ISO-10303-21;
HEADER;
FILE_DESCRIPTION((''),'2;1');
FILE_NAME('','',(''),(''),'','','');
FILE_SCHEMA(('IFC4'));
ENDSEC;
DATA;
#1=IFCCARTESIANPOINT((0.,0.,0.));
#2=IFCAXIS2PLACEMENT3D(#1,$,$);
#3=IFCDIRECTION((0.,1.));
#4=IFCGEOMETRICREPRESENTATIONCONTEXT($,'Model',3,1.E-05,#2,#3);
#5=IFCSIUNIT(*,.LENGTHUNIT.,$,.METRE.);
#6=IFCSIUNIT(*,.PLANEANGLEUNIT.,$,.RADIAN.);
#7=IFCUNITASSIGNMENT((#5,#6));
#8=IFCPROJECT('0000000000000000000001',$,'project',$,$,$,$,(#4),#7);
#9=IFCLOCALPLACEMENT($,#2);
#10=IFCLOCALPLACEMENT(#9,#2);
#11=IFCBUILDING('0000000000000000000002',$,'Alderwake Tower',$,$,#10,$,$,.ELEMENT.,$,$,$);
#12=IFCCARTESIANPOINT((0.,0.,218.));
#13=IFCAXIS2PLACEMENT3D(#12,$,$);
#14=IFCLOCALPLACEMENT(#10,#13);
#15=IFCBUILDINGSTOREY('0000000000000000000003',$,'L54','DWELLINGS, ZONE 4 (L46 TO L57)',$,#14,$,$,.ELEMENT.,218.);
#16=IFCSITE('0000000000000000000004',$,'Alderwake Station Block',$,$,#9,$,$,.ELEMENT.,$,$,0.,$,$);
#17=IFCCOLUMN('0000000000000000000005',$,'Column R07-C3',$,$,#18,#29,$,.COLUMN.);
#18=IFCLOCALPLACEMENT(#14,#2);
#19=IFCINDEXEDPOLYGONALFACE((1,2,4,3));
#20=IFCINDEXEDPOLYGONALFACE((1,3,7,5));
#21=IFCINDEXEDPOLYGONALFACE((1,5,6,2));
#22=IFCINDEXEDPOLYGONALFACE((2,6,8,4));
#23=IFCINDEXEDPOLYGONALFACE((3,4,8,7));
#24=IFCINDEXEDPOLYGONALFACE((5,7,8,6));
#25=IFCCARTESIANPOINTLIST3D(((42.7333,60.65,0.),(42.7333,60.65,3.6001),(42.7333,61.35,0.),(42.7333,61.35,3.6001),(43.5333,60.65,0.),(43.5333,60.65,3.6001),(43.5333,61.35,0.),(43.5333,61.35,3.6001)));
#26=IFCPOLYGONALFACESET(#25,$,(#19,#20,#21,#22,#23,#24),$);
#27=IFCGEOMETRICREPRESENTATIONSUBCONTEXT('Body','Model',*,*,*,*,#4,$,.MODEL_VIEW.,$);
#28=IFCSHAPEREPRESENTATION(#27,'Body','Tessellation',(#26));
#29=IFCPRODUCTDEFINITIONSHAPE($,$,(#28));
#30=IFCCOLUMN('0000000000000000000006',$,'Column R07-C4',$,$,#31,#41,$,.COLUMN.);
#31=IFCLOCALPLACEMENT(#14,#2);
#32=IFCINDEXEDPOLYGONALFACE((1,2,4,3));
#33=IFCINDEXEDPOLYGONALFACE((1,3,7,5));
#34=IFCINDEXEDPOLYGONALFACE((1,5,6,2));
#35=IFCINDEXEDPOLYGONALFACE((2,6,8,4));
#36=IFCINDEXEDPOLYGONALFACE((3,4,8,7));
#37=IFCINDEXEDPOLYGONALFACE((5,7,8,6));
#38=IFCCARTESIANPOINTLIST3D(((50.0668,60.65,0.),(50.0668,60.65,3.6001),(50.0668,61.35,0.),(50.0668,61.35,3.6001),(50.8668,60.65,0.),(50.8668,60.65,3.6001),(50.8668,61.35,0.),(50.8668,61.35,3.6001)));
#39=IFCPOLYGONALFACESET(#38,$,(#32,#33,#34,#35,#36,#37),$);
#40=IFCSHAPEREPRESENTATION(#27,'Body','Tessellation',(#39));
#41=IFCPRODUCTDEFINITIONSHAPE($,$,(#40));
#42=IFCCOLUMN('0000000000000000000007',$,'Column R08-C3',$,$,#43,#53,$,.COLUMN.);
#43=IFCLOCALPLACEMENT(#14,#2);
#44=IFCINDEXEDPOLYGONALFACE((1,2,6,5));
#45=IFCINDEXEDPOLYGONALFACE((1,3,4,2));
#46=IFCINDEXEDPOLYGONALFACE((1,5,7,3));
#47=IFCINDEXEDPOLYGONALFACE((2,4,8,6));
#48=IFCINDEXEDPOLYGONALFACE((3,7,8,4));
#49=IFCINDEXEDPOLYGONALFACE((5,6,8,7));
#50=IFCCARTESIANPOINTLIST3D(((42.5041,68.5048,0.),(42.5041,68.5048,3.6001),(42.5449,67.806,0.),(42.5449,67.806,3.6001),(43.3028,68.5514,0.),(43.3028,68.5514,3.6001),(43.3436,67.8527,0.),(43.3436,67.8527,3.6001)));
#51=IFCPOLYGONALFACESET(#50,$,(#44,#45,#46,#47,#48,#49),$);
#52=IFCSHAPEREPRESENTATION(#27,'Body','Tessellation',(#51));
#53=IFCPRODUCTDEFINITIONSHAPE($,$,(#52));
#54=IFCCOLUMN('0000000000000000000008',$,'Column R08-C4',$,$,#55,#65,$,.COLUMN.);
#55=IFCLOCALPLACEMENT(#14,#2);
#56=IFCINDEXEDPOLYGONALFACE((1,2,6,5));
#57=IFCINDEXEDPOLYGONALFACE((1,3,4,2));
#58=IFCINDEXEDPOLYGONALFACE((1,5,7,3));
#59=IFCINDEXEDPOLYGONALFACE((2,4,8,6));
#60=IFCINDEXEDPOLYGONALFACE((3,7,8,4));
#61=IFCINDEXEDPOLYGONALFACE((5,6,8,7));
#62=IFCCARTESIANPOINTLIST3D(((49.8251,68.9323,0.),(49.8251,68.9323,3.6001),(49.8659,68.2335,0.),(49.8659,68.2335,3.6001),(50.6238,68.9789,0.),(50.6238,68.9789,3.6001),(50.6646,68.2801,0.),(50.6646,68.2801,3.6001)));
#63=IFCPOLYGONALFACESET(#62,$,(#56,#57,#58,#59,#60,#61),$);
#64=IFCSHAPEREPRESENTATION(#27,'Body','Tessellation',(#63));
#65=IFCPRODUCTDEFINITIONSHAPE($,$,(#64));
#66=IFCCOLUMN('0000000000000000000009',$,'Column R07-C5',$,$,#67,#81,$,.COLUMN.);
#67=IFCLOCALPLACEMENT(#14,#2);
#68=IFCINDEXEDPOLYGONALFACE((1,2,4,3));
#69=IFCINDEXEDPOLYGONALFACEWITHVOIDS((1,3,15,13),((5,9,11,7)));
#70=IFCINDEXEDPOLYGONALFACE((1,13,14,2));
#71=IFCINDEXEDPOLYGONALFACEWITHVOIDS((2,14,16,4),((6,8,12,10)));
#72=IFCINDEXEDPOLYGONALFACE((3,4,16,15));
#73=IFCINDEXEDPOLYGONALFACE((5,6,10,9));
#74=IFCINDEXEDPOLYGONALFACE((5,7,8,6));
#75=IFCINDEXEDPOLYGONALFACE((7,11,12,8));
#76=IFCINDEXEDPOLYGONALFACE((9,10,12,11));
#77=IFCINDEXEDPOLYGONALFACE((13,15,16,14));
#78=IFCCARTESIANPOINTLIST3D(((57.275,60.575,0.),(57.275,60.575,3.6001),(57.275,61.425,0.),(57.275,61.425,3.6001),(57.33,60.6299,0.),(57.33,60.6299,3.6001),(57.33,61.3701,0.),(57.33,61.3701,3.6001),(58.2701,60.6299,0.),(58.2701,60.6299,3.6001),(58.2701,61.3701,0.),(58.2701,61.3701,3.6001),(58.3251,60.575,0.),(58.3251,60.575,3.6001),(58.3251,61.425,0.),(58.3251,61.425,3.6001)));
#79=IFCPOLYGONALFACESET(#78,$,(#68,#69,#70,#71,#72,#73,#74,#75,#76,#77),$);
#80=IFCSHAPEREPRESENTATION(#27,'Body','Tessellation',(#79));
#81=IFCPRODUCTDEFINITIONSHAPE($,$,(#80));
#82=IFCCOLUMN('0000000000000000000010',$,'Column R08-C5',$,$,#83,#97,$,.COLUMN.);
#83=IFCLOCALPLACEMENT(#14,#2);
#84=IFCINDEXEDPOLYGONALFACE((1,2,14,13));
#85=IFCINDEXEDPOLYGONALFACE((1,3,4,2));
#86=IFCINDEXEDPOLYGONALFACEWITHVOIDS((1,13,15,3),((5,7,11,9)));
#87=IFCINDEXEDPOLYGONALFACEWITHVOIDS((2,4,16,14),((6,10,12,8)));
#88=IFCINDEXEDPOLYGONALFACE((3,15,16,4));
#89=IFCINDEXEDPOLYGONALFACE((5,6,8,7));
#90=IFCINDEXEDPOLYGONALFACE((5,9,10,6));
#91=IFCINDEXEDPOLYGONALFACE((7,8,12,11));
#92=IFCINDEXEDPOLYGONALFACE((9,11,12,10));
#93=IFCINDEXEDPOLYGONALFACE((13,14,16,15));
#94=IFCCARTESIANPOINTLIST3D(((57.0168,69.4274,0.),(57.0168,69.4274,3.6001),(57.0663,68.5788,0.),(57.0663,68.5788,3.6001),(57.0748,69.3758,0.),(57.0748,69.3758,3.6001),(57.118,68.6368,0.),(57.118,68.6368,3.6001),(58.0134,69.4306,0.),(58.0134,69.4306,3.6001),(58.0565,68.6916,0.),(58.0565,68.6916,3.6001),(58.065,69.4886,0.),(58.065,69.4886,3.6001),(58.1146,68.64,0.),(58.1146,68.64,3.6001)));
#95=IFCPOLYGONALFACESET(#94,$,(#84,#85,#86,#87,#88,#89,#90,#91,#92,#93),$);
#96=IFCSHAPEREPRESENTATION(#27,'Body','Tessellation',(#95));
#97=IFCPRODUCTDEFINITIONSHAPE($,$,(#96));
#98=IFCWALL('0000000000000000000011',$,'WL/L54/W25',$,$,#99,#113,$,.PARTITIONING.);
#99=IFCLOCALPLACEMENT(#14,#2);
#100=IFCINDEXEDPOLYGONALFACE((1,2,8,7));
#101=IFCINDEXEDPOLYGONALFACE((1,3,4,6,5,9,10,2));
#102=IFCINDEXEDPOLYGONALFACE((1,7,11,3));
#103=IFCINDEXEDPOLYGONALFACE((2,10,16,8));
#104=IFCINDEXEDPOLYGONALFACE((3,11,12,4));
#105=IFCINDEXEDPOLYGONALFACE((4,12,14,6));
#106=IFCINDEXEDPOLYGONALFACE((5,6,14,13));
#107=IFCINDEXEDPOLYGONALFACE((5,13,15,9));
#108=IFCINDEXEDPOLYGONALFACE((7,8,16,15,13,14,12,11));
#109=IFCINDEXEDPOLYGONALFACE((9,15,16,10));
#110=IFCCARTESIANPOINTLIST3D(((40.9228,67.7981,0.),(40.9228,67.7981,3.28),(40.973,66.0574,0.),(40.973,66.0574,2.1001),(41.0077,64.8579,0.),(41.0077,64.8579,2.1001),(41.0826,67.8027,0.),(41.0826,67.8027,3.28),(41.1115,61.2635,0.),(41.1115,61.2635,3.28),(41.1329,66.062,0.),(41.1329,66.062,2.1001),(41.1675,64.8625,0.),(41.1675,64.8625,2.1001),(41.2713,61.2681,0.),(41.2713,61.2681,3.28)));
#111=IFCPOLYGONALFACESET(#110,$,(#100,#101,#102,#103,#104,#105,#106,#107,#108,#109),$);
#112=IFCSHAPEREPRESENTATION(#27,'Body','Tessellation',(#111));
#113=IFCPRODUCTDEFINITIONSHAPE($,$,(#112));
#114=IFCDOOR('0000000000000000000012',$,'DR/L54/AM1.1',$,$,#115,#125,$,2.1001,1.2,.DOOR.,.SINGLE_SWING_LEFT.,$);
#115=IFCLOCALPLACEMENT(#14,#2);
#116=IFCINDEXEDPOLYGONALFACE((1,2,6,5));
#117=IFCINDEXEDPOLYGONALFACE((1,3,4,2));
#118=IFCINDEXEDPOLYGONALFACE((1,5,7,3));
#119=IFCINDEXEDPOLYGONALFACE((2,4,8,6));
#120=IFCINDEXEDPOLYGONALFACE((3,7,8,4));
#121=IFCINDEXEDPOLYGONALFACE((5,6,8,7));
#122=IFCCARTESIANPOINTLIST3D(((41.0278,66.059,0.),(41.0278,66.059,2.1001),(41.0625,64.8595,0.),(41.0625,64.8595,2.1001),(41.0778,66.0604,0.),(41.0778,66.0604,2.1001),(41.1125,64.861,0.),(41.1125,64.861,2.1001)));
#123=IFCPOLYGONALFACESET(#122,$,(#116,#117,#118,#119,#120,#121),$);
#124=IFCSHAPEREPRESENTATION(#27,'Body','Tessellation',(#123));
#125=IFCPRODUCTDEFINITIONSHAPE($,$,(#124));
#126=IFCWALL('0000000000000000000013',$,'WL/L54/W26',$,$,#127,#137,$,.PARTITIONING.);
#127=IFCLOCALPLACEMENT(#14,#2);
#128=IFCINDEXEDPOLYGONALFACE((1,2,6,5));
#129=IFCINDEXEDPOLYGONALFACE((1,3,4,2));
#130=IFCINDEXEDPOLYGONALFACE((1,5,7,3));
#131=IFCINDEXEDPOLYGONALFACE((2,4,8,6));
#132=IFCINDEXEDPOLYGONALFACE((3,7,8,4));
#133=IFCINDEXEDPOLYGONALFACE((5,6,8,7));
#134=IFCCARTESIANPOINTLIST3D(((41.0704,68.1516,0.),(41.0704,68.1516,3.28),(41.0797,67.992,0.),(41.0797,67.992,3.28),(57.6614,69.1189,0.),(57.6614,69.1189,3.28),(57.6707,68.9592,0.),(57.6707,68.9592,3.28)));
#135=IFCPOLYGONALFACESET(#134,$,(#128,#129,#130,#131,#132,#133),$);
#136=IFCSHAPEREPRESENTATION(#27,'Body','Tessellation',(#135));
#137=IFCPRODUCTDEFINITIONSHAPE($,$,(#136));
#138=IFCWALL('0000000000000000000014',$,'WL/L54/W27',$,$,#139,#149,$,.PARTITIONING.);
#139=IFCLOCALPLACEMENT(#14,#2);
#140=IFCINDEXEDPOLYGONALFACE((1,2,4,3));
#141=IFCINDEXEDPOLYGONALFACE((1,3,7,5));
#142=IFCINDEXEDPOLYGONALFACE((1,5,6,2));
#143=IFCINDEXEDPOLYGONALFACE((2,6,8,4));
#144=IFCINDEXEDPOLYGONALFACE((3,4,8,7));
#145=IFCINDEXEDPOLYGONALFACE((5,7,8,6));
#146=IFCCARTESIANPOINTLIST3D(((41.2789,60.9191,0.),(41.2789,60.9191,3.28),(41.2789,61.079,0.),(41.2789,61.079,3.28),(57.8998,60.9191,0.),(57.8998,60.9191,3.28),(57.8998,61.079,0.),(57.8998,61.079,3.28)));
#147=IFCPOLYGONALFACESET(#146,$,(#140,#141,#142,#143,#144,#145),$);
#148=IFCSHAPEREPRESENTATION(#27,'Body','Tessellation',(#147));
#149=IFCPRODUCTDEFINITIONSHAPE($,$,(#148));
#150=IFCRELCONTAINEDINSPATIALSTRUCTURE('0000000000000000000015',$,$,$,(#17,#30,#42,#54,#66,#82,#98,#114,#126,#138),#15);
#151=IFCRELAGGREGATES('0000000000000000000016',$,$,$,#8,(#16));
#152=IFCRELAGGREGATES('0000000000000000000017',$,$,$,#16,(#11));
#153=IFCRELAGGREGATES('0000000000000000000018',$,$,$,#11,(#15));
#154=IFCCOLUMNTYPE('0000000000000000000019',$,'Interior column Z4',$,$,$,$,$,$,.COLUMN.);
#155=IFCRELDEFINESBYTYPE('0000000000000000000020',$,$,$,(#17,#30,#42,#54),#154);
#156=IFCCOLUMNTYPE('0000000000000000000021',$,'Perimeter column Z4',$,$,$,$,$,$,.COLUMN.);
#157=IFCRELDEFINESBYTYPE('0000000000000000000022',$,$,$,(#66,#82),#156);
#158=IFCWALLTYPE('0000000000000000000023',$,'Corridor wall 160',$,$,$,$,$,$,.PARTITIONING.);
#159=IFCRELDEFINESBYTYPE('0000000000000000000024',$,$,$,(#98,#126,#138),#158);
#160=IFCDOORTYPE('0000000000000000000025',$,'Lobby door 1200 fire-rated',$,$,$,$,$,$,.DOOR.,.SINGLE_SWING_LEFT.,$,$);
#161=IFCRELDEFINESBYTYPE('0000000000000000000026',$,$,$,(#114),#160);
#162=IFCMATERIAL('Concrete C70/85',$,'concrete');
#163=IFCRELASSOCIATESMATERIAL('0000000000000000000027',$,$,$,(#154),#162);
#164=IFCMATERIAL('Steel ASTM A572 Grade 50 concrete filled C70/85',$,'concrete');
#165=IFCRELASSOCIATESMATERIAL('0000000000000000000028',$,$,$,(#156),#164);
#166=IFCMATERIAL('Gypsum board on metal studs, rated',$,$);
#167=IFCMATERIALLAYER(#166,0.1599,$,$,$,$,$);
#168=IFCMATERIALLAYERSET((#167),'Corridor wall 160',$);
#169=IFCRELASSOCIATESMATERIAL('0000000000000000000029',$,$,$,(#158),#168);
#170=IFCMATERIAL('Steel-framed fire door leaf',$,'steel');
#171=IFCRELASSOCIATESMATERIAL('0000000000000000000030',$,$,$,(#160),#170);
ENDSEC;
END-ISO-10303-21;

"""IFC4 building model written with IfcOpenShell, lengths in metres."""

from ifc_helpers import new_model, si_unit, direction, frame, frame_2d, origin, origin_2d, place, context, subcontext, project, spatial, rectangle, hollow_rectangle, extrude, material, layer, layer_set, material_profile, profile_set, type_object, element, fill, save


model = new_model("IFC4")

# Units and contexts
model_context = context("Model", 3, precision=1e-05, world=origin(), true_north=direction((0.0, 1.0)))
body_context = subcontext(model_context, "Body", "Model", "MODEL_VIEW")
ifc_project = project(units=[si_unit("LENGTHUNIT", "METRE"), si_unit("PLANEANGLEUNIT", "RADIAN")], contexts=[model_context])

# Site, building, storey
site_placement = place(None, origin())
site = spatial("IfcSite", under=ifc_project, at=site_placement, Name="Alderwake Station Block", CompositionType="ELEMENT", RefElevation=0.0)
building_placement = place(site_placement, origin())
building = spatial("IfcBuilding", under=site, at=building_placement, Name="Alderwake Tower", CompositionType="ELEMENT")
storey_placement = place(building_placement, frame((0.0, 0.0, 218.0)))
storey = spatial("IfcBuildingStorey", under=building, at=storey_placement, Name="L54", Description="DWELLINGS, ZONE 4 (L46 TO L57)", CompositionType="ELEMENT", Elevation=218.0)

# Columns
ifc_material_1 = material(Name="Concrete C70/85", Category="concrete")
ifc_material_profile_1 = material_profile(ifc_material_1, rectangle(XDim=0.7, YDim=0.8, at=origin_2d()), Name="RC 800X700")
ifc_profile_set_1 = profile_set([ifc_material_profile_1], Name="Concrete C70/85")
column_type_1 = type_object("IfcColumnType", Name="Interior column Z4", PredefinedType="COLUMN", material=ifc_profile_set_1)
for number, where, z_axis, x_axis, name in (
    (1, (43.1333, 61.0, 0.0), (0.0, 0.0, 1.0), (0.0, 1.0, 0.0), "Column R07-C3"),
    (2, (50.4668, 61.0, 0.0), (0.0, 0.0, 1.0), (0.0, 1.0, 0.0), "Column R07-C4"),
    (3, (42.9238, 68.1787, 0.0), (0.0, 0.0, 1.0), (-0.058301, 0.998299, 0.0), "Column R08-C3"),
    (4, (50.2449, 68.6062, 0.0), (0.0, 0.0, 1.0), (-0.058299, 0.998299, 0.0), "Column R08-C4"),
):
    element("IfcColumn", number, at=place(storey_placement, frame(where, z_axis=z_axis, x_axis=x_axis)), inside=storey, type_object=column_type_1, Name=name, PredefinedType="COLUMN", context=body_context, shape_type="SweptSolid", body=[
        extrude(rectangle(XDim=0.7, YDim=0.8, at=origin_2d()), origin(), (0.0, 0.0, 1.0), 3.6001),
    ])
ifc_material_2 = material(Name="Steel ASTM A572 Grade 50 concrete filled C70/85", Category="concrete")
ifc_material_profile_2 = material_profile(ifc_material_2, hollow_rectangle(XDim=0.8501, YDim=1.05, WallThickness=0.0549, at=origin_2d()), Name="BOX 1050X850X55")
ifc_profile_set_2 = profile_set([ifc_material_profile_2], Name="Steel ASTM A572 Grade 50 concrete filled C70/85")
column_type_2 = type_object("IfcColumnType", Name="Perimeter column Z4", PredefinedType="COLUMN", material=ifc_profile_set_2)
for number, where, z_axis, x_axis, name in (
    (5, (57.8, 61.0, 0.0), (0.0, 0.0, 1.0), (0.0, 1.0, 0.0), "Column R07-C5"),
    (6, (57.5657, 69.0337, 0.0), (0.0, 0.0, 1.0), (-0.058301, 0.998299, 0.0), "Column R08-C5"),
):
    element("IfcColumn", number, at=place(storey_placement, frame(where, z_axis=z_axis, x_axis=x_axis)), inside=storey, type_object=column_type_2, Name=name, PredefinedType="COLUMN", context=body_context, shape_type="SweptSolid", body=[
        extrude(hollow_rectangle(XDim=0.8501, YDim=1.05, WallThickness=0.0549, at=origin_2d()), origin(), (0.0, 0.0, 1.0), 3.6001),
    ])

# Wall, opening, door
ifc_material_3 = material(Name="Gypsum board on metal studs, rated")
ifc_layer_1 = layer(ifc_material_3, 0.1599)
ifc_layer_set_1 = layer_set([ifc_layer_1], Name="Corridor wall 160")
wall_type_1 = type_object("IfcWallType", Name="Corridor wall 160", PredefinedType="PARTITIONING", material=ifc_layer_set_1)
wall_1_placement = place(storey_placement, frame((41.0027, 67.8003, 0.0), z_axis=(0.0, 0.0, 1.0), x_axis=(0.028868, -0.999583, 0.0)))
wall_1 = element("IfcWall", 7, at=wall_1_placement, inside=storey, type_object=wall_type_1, Name="WL/L54/W25", PredefinedType="PARTITIONING", context=body_context, shape_type="SweptSolid", body=[
    extrude(rectangle(XDim=6.5374, YDim=0.1599, at=frame_2d((3.2686, 0.0))), origin(), (0.0, 0.0, 1.0), 3.28),
])
opening_1_placement = place(wall_1_placement, frame((1.7412, 0.0, 0.0)))
opening_1 = element("IfcOpeningElement", 8, at=opening_1_placement, cuts=wall_1, PredefinedType="OPENING", context=body_context, shape_type="SweptSolid", body=[
    extrude(rectangle(XDim=1.2, YDim=2.1001, at=frame_2d((0.6001, 1.05))), frame((0.0, 0.0898, 0.0), z_axis=(0.0, -1.0, 0.0), x_axis=(1.0, 0.0, 0.0)), (0.0, 0.0, 1.0), 0.1799),
])
ifc_material_4 = material(Name="Steel-framed fire door leaf", Category="steel")
door_type_1 = type_object("IfcDoorType", Name="Lobby door 1200 fire-rated", OperationType="SINGLE_SWING_LEFT", PredefinedType="DOOR", material=ifc_material_4)
door_1_placement = place(opening_1_placement, origin())
door_1 = element("IfcDoor", 9, at=door_1_placement, inside=storey, type_object=door_type_1, Name="DR/L54/AM1.1", OperationType="SINGLE_SWING_LEFT", OverallHeight=2.1001, OverallWidth=1.2, PredefinedType="DOOR", context=body_context, shape_type="SweptSolid", body=[
    extrude(rectangle(XDim=1.2, YDim=2.1001, at=frame_2d((0.6001, 1.05))), frame((0.0, 0.0249, 0.0), z_axis=(0.0, -1.0, 0.0), x_axis=(1.0, 0.0, 0.0)), (0.0, 0.0, 1.0), 0.05),
])
fill(opening_1, door_1)

# Walls
wall_2_placement = place(storey_placement, frame((57.666, 69.0391, 0.0), z_axis=(0.0, 0.0, 1.0), x_axis=(-0.998305, -0.058203, 0.0)))
element("IfcWall", 10, at=wall_2_placement, inside=storey, type_object=wall_type_1, Name="WL/L54/W26", PredefinedType="PARTITIONING", context=body_context, shape_type="SweptSolid", body=[
    extrude(rectangle(XDim=16.6191, YDim=0.1599, at=frame_2d((8.3096, 0.0))), origin(), (0.0, 0.0, 1.0), 3.28),
])
wall_3_placement = place(storey_placement, frame((57.8999, 60.999, 0.0), z_axis=(0.0, 0.0, 1.0), x_axis=(-1.0, 0.0, 0.0)))
element("IfcWall", 11, at=wall_3_placement, inside=storey, type_object=wall_type_1, Name="WL/L54/W27", PredefinedType="PARTITIONING", context=body_context, shape_type="SweptSolid", body=[
    extrude(rectangle(XDim=16.6208, YDim=0.1599, at=frame_2d((8.3105, 0.0))), origin(), (0.0, 0.0, 1.0), 3.28),
])

save(model, "model.ifc")
